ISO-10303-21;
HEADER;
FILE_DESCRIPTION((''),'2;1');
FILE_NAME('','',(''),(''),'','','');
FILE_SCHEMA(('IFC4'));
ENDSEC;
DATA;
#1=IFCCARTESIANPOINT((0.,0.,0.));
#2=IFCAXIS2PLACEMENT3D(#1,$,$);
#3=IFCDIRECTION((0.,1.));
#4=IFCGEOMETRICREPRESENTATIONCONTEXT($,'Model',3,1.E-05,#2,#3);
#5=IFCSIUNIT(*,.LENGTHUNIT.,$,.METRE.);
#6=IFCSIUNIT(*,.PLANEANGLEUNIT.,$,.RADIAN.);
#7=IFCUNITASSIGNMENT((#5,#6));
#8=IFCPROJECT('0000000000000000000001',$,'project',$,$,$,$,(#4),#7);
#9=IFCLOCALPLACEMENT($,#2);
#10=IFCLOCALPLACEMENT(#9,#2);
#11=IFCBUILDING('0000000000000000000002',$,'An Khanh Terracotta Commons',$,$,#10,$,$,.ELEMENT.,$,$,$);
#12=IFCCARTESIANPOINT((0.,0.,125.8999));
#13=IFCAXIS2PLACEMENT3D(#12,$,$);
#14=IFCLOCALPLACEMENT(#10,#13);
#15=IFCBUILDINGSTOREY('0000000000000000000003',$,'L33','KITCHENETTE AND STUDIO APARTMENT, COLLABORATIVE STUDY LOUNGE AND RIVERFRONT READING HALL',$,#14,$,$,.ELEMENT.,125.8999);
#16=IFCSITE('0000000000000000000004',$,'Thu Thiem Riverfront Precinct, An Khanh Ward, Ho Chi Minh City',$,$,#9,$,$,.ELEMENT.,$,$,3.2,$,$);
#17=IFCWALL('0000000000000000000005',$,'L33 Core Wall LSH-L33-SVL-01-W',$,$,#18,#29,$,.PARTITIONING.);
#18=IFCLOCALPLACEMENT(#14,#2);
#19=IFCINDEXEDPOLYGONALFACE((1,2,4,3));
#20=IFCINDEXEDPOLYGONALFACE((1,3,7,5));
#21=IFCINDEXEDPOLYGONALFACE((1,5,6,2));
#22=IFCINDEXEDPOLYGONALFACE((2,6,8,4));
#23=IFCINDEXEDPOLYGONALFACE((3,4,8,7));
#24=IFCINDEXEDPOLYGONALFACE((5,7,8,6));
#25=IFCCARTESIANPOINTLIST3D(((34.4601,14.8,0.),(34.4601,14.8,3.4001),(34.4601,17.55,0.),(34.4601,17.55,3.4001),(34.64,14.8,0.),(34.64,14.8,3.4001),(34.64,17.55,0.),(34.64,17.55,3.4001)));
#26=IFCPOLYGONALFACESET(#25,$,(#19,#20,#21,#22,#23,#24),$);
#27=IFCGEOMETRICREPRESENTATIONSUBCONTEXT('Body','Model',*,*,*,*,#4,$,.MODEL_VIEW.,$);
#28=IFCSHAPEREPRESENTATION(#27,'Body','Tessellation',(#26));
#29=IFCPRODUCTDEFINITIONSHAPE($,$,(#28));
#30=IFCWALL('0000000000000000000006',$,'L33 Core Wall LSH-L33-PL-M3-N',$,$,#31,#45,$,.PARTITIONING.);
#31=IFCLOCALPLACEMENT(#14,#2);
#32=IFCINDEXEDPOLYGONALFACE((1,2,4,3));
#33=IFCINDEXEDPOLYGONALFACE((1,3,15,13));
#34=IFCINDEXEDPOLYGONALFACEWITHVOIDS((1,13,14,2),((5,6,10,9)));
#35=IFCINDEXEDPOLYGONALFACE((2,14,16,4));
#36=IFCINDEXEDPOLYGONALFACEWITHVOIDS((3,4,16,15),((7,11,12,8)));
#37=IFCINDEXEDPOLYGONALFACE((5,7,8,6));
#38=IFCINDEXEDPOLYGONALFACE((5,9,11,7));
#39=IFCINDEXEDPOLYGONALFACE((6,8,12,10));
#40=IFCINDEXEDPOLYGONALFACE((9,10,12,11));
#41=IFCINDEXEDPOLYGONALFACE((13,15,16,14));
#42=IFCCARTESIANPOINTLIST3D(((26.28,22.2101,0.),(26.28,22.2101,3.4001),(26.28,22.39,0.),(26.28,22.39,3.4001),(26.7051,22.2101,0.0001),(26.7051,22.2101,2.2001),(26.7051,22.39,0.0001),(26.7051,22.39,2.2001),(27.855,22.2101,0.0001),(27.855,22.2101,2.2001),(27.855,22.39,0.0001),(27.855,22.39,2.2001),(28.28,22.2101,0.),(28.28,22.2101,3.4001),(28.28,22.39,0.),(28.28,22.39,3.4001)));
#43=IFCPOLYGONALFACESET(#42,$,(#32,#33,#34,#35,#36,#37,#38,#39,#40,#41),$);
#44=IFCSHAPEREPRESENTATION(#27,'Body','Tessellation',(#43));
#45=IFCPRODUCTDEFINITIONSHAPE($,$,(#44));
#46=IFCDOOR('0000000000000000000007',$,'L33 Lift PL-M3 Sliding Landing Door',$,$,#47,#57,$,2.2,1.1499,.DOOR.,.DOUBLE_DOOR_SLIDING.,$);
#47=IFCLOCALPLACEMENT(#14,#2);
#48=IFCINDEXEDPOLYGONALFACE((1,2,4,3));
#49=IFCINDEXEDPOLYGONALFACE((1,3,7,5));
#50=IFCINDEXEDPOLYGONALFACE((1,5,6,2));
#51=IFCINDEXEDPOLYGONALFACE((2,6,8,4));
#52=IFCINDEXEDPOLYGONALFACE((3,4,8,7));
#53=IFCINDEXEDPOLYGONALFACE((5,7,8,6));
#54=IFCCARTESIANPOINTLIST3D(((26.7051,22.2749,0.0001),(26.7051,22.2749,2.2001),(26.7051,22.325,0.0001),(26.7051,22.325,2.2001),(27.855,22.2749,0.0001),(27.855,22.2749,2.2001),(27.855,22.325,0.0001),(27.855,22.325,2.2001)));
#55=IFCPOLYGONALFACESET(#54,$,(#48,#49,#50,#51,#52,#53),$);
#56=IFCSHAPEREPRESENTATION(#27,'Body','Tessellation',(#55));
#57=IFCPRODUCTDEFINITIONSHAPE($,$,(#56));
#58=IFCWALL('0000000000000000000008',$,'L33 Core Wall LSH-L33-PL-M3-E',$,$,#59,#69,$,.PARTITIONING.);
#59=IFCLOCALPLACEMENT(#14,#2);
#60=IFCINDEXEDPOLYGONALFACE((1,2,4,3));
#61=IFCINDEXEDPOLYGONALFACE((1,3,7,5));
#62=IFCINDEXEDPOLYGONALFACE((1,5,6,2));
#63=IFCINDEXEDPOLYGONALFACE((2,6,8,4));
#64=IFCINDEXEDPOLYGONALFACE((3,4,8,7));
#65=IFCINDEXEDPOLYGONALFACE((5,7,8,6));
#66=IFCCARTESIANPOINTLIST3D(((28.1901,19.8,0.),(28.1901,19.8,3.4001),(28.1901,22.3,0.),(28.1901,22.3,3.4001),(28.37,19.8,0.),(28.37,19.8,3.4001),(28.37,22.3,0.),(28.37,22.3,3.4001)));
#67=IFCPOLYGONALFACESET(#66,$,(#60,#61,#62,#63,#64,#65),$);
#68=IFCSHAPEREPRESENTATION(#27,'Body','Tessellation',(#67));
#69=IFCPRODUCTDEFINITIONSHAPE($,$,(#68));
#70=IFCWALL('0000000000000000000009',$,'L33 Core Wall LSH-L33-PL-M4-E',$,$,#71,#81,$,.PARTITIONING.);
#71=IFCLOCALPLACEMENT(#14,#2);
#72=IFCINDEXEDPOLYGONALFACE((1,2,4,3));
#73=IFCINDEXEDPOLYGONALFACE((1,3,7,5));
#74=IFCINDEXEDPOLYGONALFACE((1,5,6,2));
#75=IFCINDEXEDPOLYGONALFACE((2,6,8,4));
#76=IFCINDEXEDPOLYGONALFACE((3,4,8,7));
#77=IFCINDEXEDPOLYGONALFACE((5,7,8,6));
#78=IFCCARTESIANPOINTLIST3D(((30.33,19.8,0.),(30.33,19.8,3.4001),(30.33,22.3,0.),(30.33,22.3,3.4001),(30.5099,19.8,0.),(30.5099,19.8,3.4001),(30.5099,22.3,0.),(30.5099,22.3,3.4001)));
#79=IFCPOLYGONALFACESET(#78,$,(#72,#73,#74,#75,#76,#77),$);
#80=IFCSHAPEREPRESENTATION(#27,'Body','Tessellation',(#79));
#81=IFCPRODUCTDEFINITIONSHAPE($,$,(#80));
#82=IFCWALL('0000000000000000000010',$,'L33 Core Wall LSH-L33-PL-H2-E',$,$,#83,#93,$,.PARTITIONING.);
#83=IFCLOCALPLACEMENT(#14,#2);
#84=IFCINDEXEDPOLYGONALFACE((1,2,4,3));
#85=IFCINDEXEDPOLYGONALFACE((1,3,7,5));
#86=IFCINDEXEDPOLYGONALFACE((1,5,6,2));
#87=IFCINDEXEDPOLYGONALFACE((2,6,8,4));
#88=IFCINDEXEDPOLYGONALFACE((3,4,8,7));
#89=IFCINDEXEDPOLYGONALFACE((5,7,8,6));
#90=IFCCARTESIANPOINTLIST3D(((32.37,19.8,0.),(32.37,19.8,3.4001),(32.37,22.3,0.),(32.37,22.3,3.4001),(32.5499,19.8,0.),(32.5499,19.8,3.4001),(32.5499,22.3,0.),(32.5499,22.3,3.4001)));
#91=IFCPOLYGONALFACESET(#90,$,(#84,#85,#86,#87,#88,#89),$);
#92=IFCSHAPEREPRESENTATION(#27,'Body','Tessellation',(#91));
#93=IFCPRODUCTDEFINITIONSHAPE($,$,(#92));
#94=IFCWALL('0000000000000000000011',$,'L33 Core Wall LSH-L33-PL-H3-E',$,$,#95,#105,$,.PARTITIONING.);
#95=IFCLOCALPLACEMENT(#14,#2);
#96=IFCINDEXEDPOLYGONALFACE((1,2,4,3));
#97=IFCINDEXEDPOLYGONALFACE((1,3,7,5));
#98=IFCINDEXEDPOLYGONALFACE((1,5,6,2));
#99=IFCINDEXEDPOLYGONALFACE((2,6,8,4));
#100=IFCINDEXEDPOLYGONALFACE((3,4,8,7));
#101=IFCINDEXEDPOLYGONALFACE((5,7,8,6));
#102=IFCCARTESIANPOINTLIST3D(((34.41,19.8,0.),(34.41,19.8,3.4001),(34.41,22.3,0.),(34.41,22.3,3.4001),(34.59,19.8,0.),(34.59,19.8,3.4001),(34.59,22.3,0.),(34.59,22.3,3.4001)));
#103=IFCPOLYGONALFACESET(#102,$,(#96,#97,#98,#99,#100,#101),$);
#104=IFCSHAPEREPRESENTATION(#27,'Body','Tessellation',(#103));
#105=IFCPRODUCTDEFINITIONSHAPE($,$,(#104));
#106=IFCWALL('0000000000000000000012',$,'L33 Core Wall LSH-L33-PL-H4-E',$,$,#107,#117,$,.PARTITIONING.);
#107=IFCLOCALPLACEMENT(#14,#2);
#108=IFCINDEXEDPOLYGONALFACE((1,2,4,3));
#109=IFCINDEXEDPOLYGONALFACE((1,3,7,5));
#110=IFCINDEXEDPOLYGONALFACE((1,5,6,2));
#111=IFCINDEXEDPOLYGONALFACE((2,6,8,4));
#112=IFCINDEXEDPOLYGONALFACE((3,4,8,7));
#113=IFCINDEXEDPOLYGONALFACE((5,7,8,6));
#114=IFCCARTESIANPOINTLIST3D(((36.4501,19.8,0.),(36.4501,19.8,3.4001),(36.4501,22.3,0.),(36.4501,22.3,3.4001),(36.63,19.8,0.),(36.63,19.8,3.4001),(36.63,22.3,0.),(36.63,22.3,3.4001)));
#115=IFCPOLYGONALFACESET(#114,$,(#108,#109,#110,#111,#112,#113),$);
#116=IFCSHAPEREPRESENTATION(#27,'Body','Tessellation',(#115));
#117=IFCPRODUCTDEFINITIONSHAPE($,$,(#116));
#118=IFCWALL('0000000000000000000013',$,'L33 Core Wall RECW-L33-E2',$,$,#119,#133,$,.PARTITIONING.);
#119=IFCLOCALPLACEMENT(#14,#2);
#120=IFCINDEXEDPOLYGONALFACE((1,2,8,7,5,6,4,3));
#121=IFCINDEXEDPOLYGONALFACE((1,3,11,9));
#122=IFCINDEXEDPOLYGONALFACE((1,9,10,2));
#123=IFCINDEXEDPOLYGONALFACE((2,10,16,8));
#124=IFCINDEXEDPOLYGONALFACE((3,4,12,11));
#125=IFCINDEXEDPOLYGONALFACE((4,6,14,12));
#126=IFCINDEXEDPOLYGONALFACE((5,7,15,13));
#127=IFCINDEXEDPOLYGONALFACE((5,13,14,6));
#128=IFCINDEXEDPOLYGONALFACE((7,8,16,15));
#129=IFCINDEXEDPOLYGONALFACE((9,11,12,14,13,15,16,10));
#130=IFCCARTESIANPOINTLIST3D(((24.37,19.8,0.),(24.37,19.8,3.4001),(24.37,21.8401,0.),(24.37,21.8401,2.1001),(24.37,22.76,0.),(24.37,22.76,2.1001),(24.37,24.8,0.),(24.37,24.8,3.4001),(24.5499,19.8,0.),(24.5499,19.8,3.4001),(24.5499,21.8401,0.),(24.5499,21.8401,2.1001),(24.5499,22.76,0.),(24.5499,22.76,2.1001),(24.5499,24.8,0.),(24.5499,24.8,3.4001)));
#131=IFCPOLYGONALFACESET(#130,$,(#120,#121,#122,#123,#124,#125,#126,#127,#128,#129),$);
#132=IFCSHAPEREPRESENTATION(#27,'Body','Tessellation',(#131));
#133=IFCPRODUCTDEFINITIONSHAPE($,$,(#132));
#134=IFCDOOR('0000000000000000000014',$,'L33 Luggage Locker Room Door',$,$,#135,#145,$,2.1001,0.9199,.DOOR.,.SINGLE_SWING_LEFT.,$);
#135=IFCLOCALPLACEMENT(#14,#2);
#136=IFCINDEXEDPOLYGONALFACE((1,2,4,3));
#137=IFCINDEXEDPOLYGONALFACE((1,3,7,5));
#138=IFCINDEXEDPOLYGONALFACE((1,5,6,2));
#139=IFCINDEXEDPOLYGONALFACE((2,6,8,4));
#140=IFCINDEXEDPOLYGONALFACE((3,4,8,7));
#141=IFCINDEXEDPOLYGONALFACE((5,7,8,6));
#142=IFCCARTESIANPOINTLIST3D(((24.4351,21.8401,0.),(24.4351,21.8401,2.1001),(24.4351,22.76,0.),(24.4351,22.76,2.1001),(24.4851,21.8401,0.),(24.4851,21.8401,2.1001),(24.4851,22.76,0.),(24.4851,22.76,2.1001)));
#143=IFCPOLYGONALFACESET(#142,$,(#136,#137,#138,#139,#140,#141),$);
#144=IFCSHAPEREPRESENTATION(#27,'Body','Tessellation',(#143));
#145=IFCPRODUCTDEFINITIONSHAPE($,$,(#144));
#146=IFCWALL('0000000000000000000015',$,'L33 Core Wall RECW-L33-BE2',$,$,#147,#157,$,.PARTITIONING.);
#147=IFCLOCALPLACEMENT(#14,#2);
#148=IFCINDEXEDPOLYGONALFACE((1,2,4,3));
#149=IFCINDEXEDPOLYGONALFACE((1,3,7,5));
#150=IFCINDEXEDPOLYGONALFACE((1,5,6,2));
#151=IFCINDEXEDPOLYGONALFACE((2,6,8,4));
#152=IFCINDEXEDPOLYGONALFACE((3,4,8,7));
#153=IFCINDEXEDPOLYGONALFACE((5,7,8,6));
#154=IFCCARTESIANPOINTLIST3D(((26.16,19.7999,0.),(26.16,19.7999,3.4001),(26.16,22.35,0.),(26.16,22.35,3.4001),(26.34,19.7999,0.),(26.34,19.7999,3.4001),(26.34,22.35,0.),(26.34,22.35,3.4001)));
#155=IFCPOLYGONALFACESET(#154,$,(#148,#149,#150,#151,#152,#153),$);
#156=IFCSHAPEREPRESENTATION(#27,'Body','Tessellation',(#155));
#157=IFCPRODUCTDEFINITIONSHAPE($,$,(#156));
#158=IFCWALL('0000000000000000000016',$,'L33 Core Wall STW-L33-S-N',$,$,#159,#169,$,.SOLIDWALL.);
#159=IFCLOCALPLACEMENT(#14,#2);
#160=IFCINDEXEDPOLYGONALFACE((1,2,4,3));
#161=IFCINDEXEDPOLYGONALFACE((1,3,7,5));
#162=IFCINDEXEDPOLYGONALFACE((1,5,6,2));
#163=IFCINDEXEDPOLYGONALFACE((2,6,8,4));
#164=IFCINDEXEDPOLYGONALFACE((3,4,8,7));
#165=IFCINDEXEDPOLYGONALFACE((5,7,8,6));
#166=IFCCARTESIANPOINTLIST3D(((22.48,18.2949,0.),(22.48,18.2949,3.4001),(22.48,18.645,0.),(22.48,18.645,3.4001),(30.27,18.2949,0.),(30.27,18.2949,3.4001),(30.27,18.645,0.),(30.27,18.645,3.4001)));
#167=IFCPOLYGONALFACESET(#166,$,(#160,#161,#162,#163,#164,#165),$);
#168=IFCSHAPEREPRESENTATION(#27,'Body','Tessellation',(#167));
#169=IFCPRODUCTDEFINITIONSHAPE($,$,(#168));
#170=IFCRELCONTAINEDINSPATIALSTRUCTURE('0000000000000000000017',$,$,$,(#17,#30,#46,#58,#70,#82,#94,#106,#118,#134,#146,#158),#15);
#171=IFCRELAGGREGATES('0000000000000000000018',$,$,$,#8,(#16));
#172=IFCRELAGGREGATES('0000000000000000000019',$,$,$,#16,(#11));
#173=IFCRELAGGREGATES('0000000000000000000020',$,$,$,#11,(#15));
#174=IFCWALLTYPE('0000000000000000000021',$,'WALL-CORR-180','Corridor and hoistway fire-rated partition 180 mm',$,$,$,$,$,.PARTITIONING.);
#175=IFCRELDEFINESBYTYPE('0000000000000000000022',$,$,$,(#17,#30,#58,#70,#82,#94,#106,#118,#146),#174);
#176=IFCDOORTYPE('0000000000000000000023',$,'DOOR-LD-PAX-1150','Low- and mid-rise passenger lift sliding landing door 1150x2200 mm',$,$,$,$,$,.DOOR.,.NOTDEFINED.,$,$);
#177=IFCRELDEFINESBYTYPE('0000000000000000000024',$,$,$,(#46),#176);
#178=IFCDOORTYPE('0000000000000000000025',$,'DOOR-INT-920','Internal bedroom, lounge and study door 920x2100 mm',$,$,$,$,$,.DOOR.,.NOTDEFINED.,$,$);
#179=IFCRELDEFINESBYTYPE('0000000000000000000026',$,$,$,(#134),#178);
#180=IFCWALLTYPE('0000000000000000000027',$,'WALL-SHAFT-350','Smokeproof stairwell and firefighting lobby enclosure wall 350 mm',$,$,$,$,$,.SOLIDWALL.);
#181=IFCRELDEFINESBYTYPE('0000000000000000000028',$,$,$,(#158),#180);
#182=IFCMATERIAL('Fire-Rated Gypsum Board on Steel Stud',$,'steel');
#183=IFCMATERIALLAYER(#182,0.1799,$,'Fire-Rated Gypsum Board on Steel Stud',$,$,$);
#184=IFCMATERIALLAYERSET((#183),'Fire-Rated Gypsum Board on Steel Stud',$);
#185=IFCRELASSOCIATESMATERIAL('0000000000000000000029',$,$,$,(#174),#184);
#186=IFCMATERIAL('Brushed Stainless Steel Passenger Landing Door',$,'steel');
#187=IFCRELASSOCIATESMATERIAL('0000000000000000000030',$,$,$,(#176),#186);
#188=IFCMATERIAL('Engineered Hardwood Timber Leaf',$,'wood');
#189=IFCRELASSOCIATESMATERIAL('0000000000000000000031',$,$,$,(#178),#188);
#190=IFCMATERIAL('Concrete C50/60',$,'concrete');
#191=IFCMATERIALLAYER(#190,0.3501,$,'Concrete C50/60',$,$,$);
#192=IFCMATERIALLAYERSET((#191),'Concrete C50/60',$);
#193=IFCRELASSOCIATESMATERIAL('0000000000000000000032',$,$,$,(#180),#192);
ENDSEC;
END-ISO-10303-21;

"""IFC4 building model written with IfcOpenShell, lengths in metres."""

from ifc_helpers import new_model, si_unit, direction, frame, frame_2d, origin, place, context, subcontext, project, spatial, rectangle, extrude, material, layer, layer_set, type_object, element, fill, save


model = new_model("IFC4")

# Units and contexts
model_context = context("Model", 3, precision=1e-05, world=origin(), true_north=direction((0.0, 1.0)))
body_context = subcontext(model_context, "Body", "Model", "MODEL_VIEW")
ifc_project = project(units=[si_unit("LENGTHUNIT", "METRE"), si_unit("PLANEANGLEUNIT", "RADIAN")], contexts=[model_context])

# Site, building, storey
site_placement = place(None, origin())
site = spatial("IfcSite", under=ifc_project, at=site_placement, Name="Thu Thiem Riverfront Precinct, An Khanh Ward, Ho Chi Minh City", CompositionType="ELEMENT", RefElevation=3.2)
building_placement = place(site_placement, origin())
building = spatial("IfcBuilding", under=site, at=building_placement, Name="An Khanh Terracotta Commons", CompositionType="ELEMENT")
storey_placement = place(building_placement, frame((0.0, 0.0, 125.8999)))
storey = spatial("IfcBuildingStorey", under=building, at=storey_placement, Name="L33", Description="KITCHENETTE AND STUDIO APARTMENT, COLLABORATIVE STUDY LOUNGE AND RIVERFRONT READING HALL", CompositionType="ELEMENT", Elevation=125.8999)

# Shared definitions
ifc_material_1 = material(Name="Fire-Rated Gypsum Board on Steel Stud", Category="steel")
ifc_layer_1 = layer(ifc_material_1, 0.1799, Name="Fire-Rated Gypsum Board on Steel Stud")
ifc_layer_set_1 = layer_set([ifc_layer_1], Name="Fire-Rated Gypsum Board on Steel Stud")
wall_type_1 = type_object("IfcWallType", Name="WALL-CORR-180", Description="Corridor and hoistway fire-rated partition 180 mm", PredefinedType="PARTITIONING", material=ifc_layer_set_1)

# Wall
wall_1_placement = place(storey_placement, frame((34.55, 17.55, 0.0), z_axis=(0.0, 0.0, 1.0), x_axis=(0.0, -1.0, 0.0)))
element("IfcWall", 1, at=wall_1_placement, inside=storey, type_object=wall_type_1, Name="L33 Core Wall LSH-L33-SVL-01-W", PredefinedType="PARTITIONING", context=body_context, shape_type="SweptSolid", body=[
    extrude(rectangle(XDim=2.75, YDim=0.1799, at=frame_2d((1.375, 0.0))), origin(), (0.0, 0.0, 1.0), 3.4001),
])

# Wall, opening, door
wall_2_placement = place(storey_placement, frame((26.28, 22.3, 0.0), z_axis=(0.0, 0.0, 1.0), x_axis=(1.0, 0.0, 0.0)))
wall_2 = element("IfcWall", 2, at=wall_2_placement, inside=storey, type_object=wall_type_1, Name="L33 Core Wall LSH-L33-PL-M3-N", PredefinedType="PARTITIONING", context=body_context, shape_type="SweptSolid", body=[
    extrude(rectangle(XDim=2.0, YDim=0.1799, at=frame_2d((1.0, 0.0))), origin(), (0.0, 0.0, 1.0), 3.4001),
])
opening_1_placement = place(wall_2_placement, frame((0.425, 0.0, 0.0)))
opening_1 = element("IfcOpeningElement", 3, at=opening_1_placement, cuts=wall_2, PredefinedType="OPENING", context=body_context, shape_type="SweptSolid", body=[
    extrude(rectangle(XDim=1.1499, YDim=2.2, at=frame_2d((0.575, 1.1001))), frame((0.0, 0.0999, 0.0), z_axis=(0.0, -1.0, 0.0), x_axis=(1.0, 0.0, 0.0)), (0.0, 0.0, 1.0), 0.2),
])
ifc_material_2 = material(Name="Brushed Stainless Steel Passenger Landing Door", Category="steel")
door_type_1 = type_object("IfcDoorType", Name="DOOR-LD-PAX-1150", Description="Low- and mid-rise passenger lift sliding landing door 1150x2200 mm", OperationType="NOTDEFINED", PredefinedType="DOOR", material=ifc_material_2)
door_1_placement = place(opening_1_placement, origin())
door_1 = element("IfcDoor", 4, at=door_1_placement, inside=storey, type_object=door_type_1, Name="L33 Lift PL-M3 Sliding Landing Door", OperationType="DOUBLE_DOOR_SLIDING", OverallHeight=2.2, OverallWidth=1.1499, PredefinedType="DOOR", context=body_context, shape_type="SweptSolid", body=[
    extrude(rectangle(XDim=1.1499, YDim=2.2, at=frame_2d((0.575, 1.1001))), frame((0.0, 0.0249, 0.0), z_axis=(0.0, -1.0, 0.0), x_axis=(1.0, 0.0, 0.0)), (0.0, 0.0, 1.0), 0.05),
])
fill(opening_1, door_1)

# Walls
for number, where, z_axis, x_axis, name in (
    (5, (28.28, 19.8, 0.0), (0.0, 0.0, 1.0), (0.0, 1.0, 0.0), "L33 Core Wall LSH-L33-PL-M3-E"),
    (6, (30.4199, 19.8, 0.0), (0.0, 0.0, 1.0), (0.0, 1.0, 0.0), "L33 Core Wall LSH-L33-PL-M4-E"),
    (7, (32.46, 19.8, 0.0), (0.0, 0.0, 1.0), (0.0, 1.0, 0.0), "L33 Core Wall LSH-L33-PL-H2-E"),
    (8, (34.5, 19.8, 0.0), (0.0, 0.0, 1.0), (0.0, 1.0, 0.0), "L33 Core Wall LSH-L33-PL-H3-E"),
    (9, (36.54, 19.8, 0.0), (0.0, 0.0, 1.0), (0.0, 1.0, 0.0), "L33 Core Wall LSH-L33-PL-H4-E"),
):
    element("IfcWall", number, at=place(storey_placement, frame(where, z_axis=z_axis, x_axis=x_axis)), inside=storey, type_object=wall_type_1, Name=name, PredefinedType="PARTITIONING", context=body_context, shape_type="SweptSolid", body=[
        extrude(rectangle(XDim=2.5, YDim=0.1799, at=frame_2d((1.25, 0.0))), origin(), (0.0, 0.0, 1.0), 3.4001),
    ])

# Wall, opening, door
wall_3_placement = place(storey_placement, frame((24.46, 19.8, 0.0), z_axis=(0.0, 0.0, 1.0), x_axis=(0.0, 1.0, 0.0)))
wall_3 = element("IfcWall", 10, at=wall_3_placement, inside=storey, type_object=wall_type_1, Name="L33 Core Wall RECW-L33-E2", PredefinedType="PARTITIONING", context=body_context, shape_type="SweptSolid", body=[
    extrude(rectangle(XDim=5.0, YDim=0.1799, at=frame_2d((2.5, 0.0))), origin(), (0.0, 0.0, 1.0), 3.4001),
])
opening_2_placement = place(wall_3_placement, frame((2.04, 0.0, 0.0)))
opening_2 = element("IfcOpeningElement", 11, at=opening_2_placement, cuts=wall_3, PredefinedType="OPENING", context=body_context, shape_type="SweptSolid", body=[
    extrude(rectangle(XDim=0.9199, YDim=2.1001, at=frame_2d((0.46, 1.05))), frame((0.0, 0.0999, 0.0), z_axis=(0.0, -1.0, 0.0), x_axis=(1.0, 0.0, 0.0)), (0.0, 0.0, 1.0), 0.2),
])
ifc_material_3 = material(Name="Engineered Hardwood Timber Leaf", Category="wood")
door_type_2 = type_object("IfcDoorType", Name="DOOR-INT-920", Description="Internal bedroom, lounge and study door 920x2100 mm", OperationType="NOTDEFINED", PredefinedType="DOOR", material=ifc_material_3)
door_2_placement = place(opening_2_placement, origin())
door_2 = element("IfcDoor", 12, at=door_2_placement, inside=storey, type_object=door_type_2, Name="L33 Luggage Locker Room Door", OperationType="SINGLE_SWING_LEFT", OverallHeight=2.1001, OverallWidth=0.9199, PredefinedType="DOOR", context=body_context, shape_type="SweptSolid", body=[
    extrude(rectangle(XDim=0.9199, YDim=2.1001, at=frame_2d((0.46, 1.05))), frame((0.0, 0.0249, 0.0), z_axis=(0.0, -1.0, 0.0), x_axis=(1.0, 0.0, 0.0)), (0.0, 0.0, 1.0), 0.05),
])
fill(opening_2, door_2)

# Walls
wall_4_placement = place(storey_placement, frame((26.25, 19.8, 0.0), z_axis=(0.0, 0.0, 1.0), x_axis=(0.0, 1.0, 0.0)))
element("IfcWall", 13, at=wall_4_placement, inside=storey, type_object=wall_type_1, Name="L33 Core Wall RECW-L33-BE2", PredefinedType="PARTITIONING", context=body_context, shape_type="SweptSolid", body=[
    extrude(rectangle(XDim=2.55, YDim=0.1799, at=frame_2d((1.2749, 0.0))), origin(), (0.0, 0.0, 1.0), 3.4001),
])
ifc_material_4 = material(Name="Concrete C50/60", Category="concrete")
ifc_layer_2 = layer(ifc_material_4, 0.3501, Name="Concrete C50/60")
ifc_layer_set_2 = layer_set([ifc_layer_2], Name="Concrete C50/60")
wall_type_2 = type_object("IfcWallType", Name="WALL-SHAFT-350", Description="Smokeproof stairwell and firefighting lobby enclosure wall 350 mm", PredefinedType="SOLIDWALL", material=ifc_layer_set_2)
wall_5_placement = place(storey_placement, frame((22.48, 18.47, 0.0), z_axis=(0.0, 0.0, 1.0), x_axis=(1.0, 0.0, 0.0)))
element("IfcWall", 14, at=wall_5_placement, inside=storey, type_object=wall_type_2, Name="L33 Core Wall STW-L33-S-N", PredefinedType="SOLIDWALL", context=body_context, shape_type="SweptSolid", body=[
    extrude(rectangle(XDim=7.79, YDim=0.3501, at=frame_2d((3.895, 0.0))), origin(), (0.0, 0.0, 1.0), 3.4001),
])

save(model, "model.ifc")
